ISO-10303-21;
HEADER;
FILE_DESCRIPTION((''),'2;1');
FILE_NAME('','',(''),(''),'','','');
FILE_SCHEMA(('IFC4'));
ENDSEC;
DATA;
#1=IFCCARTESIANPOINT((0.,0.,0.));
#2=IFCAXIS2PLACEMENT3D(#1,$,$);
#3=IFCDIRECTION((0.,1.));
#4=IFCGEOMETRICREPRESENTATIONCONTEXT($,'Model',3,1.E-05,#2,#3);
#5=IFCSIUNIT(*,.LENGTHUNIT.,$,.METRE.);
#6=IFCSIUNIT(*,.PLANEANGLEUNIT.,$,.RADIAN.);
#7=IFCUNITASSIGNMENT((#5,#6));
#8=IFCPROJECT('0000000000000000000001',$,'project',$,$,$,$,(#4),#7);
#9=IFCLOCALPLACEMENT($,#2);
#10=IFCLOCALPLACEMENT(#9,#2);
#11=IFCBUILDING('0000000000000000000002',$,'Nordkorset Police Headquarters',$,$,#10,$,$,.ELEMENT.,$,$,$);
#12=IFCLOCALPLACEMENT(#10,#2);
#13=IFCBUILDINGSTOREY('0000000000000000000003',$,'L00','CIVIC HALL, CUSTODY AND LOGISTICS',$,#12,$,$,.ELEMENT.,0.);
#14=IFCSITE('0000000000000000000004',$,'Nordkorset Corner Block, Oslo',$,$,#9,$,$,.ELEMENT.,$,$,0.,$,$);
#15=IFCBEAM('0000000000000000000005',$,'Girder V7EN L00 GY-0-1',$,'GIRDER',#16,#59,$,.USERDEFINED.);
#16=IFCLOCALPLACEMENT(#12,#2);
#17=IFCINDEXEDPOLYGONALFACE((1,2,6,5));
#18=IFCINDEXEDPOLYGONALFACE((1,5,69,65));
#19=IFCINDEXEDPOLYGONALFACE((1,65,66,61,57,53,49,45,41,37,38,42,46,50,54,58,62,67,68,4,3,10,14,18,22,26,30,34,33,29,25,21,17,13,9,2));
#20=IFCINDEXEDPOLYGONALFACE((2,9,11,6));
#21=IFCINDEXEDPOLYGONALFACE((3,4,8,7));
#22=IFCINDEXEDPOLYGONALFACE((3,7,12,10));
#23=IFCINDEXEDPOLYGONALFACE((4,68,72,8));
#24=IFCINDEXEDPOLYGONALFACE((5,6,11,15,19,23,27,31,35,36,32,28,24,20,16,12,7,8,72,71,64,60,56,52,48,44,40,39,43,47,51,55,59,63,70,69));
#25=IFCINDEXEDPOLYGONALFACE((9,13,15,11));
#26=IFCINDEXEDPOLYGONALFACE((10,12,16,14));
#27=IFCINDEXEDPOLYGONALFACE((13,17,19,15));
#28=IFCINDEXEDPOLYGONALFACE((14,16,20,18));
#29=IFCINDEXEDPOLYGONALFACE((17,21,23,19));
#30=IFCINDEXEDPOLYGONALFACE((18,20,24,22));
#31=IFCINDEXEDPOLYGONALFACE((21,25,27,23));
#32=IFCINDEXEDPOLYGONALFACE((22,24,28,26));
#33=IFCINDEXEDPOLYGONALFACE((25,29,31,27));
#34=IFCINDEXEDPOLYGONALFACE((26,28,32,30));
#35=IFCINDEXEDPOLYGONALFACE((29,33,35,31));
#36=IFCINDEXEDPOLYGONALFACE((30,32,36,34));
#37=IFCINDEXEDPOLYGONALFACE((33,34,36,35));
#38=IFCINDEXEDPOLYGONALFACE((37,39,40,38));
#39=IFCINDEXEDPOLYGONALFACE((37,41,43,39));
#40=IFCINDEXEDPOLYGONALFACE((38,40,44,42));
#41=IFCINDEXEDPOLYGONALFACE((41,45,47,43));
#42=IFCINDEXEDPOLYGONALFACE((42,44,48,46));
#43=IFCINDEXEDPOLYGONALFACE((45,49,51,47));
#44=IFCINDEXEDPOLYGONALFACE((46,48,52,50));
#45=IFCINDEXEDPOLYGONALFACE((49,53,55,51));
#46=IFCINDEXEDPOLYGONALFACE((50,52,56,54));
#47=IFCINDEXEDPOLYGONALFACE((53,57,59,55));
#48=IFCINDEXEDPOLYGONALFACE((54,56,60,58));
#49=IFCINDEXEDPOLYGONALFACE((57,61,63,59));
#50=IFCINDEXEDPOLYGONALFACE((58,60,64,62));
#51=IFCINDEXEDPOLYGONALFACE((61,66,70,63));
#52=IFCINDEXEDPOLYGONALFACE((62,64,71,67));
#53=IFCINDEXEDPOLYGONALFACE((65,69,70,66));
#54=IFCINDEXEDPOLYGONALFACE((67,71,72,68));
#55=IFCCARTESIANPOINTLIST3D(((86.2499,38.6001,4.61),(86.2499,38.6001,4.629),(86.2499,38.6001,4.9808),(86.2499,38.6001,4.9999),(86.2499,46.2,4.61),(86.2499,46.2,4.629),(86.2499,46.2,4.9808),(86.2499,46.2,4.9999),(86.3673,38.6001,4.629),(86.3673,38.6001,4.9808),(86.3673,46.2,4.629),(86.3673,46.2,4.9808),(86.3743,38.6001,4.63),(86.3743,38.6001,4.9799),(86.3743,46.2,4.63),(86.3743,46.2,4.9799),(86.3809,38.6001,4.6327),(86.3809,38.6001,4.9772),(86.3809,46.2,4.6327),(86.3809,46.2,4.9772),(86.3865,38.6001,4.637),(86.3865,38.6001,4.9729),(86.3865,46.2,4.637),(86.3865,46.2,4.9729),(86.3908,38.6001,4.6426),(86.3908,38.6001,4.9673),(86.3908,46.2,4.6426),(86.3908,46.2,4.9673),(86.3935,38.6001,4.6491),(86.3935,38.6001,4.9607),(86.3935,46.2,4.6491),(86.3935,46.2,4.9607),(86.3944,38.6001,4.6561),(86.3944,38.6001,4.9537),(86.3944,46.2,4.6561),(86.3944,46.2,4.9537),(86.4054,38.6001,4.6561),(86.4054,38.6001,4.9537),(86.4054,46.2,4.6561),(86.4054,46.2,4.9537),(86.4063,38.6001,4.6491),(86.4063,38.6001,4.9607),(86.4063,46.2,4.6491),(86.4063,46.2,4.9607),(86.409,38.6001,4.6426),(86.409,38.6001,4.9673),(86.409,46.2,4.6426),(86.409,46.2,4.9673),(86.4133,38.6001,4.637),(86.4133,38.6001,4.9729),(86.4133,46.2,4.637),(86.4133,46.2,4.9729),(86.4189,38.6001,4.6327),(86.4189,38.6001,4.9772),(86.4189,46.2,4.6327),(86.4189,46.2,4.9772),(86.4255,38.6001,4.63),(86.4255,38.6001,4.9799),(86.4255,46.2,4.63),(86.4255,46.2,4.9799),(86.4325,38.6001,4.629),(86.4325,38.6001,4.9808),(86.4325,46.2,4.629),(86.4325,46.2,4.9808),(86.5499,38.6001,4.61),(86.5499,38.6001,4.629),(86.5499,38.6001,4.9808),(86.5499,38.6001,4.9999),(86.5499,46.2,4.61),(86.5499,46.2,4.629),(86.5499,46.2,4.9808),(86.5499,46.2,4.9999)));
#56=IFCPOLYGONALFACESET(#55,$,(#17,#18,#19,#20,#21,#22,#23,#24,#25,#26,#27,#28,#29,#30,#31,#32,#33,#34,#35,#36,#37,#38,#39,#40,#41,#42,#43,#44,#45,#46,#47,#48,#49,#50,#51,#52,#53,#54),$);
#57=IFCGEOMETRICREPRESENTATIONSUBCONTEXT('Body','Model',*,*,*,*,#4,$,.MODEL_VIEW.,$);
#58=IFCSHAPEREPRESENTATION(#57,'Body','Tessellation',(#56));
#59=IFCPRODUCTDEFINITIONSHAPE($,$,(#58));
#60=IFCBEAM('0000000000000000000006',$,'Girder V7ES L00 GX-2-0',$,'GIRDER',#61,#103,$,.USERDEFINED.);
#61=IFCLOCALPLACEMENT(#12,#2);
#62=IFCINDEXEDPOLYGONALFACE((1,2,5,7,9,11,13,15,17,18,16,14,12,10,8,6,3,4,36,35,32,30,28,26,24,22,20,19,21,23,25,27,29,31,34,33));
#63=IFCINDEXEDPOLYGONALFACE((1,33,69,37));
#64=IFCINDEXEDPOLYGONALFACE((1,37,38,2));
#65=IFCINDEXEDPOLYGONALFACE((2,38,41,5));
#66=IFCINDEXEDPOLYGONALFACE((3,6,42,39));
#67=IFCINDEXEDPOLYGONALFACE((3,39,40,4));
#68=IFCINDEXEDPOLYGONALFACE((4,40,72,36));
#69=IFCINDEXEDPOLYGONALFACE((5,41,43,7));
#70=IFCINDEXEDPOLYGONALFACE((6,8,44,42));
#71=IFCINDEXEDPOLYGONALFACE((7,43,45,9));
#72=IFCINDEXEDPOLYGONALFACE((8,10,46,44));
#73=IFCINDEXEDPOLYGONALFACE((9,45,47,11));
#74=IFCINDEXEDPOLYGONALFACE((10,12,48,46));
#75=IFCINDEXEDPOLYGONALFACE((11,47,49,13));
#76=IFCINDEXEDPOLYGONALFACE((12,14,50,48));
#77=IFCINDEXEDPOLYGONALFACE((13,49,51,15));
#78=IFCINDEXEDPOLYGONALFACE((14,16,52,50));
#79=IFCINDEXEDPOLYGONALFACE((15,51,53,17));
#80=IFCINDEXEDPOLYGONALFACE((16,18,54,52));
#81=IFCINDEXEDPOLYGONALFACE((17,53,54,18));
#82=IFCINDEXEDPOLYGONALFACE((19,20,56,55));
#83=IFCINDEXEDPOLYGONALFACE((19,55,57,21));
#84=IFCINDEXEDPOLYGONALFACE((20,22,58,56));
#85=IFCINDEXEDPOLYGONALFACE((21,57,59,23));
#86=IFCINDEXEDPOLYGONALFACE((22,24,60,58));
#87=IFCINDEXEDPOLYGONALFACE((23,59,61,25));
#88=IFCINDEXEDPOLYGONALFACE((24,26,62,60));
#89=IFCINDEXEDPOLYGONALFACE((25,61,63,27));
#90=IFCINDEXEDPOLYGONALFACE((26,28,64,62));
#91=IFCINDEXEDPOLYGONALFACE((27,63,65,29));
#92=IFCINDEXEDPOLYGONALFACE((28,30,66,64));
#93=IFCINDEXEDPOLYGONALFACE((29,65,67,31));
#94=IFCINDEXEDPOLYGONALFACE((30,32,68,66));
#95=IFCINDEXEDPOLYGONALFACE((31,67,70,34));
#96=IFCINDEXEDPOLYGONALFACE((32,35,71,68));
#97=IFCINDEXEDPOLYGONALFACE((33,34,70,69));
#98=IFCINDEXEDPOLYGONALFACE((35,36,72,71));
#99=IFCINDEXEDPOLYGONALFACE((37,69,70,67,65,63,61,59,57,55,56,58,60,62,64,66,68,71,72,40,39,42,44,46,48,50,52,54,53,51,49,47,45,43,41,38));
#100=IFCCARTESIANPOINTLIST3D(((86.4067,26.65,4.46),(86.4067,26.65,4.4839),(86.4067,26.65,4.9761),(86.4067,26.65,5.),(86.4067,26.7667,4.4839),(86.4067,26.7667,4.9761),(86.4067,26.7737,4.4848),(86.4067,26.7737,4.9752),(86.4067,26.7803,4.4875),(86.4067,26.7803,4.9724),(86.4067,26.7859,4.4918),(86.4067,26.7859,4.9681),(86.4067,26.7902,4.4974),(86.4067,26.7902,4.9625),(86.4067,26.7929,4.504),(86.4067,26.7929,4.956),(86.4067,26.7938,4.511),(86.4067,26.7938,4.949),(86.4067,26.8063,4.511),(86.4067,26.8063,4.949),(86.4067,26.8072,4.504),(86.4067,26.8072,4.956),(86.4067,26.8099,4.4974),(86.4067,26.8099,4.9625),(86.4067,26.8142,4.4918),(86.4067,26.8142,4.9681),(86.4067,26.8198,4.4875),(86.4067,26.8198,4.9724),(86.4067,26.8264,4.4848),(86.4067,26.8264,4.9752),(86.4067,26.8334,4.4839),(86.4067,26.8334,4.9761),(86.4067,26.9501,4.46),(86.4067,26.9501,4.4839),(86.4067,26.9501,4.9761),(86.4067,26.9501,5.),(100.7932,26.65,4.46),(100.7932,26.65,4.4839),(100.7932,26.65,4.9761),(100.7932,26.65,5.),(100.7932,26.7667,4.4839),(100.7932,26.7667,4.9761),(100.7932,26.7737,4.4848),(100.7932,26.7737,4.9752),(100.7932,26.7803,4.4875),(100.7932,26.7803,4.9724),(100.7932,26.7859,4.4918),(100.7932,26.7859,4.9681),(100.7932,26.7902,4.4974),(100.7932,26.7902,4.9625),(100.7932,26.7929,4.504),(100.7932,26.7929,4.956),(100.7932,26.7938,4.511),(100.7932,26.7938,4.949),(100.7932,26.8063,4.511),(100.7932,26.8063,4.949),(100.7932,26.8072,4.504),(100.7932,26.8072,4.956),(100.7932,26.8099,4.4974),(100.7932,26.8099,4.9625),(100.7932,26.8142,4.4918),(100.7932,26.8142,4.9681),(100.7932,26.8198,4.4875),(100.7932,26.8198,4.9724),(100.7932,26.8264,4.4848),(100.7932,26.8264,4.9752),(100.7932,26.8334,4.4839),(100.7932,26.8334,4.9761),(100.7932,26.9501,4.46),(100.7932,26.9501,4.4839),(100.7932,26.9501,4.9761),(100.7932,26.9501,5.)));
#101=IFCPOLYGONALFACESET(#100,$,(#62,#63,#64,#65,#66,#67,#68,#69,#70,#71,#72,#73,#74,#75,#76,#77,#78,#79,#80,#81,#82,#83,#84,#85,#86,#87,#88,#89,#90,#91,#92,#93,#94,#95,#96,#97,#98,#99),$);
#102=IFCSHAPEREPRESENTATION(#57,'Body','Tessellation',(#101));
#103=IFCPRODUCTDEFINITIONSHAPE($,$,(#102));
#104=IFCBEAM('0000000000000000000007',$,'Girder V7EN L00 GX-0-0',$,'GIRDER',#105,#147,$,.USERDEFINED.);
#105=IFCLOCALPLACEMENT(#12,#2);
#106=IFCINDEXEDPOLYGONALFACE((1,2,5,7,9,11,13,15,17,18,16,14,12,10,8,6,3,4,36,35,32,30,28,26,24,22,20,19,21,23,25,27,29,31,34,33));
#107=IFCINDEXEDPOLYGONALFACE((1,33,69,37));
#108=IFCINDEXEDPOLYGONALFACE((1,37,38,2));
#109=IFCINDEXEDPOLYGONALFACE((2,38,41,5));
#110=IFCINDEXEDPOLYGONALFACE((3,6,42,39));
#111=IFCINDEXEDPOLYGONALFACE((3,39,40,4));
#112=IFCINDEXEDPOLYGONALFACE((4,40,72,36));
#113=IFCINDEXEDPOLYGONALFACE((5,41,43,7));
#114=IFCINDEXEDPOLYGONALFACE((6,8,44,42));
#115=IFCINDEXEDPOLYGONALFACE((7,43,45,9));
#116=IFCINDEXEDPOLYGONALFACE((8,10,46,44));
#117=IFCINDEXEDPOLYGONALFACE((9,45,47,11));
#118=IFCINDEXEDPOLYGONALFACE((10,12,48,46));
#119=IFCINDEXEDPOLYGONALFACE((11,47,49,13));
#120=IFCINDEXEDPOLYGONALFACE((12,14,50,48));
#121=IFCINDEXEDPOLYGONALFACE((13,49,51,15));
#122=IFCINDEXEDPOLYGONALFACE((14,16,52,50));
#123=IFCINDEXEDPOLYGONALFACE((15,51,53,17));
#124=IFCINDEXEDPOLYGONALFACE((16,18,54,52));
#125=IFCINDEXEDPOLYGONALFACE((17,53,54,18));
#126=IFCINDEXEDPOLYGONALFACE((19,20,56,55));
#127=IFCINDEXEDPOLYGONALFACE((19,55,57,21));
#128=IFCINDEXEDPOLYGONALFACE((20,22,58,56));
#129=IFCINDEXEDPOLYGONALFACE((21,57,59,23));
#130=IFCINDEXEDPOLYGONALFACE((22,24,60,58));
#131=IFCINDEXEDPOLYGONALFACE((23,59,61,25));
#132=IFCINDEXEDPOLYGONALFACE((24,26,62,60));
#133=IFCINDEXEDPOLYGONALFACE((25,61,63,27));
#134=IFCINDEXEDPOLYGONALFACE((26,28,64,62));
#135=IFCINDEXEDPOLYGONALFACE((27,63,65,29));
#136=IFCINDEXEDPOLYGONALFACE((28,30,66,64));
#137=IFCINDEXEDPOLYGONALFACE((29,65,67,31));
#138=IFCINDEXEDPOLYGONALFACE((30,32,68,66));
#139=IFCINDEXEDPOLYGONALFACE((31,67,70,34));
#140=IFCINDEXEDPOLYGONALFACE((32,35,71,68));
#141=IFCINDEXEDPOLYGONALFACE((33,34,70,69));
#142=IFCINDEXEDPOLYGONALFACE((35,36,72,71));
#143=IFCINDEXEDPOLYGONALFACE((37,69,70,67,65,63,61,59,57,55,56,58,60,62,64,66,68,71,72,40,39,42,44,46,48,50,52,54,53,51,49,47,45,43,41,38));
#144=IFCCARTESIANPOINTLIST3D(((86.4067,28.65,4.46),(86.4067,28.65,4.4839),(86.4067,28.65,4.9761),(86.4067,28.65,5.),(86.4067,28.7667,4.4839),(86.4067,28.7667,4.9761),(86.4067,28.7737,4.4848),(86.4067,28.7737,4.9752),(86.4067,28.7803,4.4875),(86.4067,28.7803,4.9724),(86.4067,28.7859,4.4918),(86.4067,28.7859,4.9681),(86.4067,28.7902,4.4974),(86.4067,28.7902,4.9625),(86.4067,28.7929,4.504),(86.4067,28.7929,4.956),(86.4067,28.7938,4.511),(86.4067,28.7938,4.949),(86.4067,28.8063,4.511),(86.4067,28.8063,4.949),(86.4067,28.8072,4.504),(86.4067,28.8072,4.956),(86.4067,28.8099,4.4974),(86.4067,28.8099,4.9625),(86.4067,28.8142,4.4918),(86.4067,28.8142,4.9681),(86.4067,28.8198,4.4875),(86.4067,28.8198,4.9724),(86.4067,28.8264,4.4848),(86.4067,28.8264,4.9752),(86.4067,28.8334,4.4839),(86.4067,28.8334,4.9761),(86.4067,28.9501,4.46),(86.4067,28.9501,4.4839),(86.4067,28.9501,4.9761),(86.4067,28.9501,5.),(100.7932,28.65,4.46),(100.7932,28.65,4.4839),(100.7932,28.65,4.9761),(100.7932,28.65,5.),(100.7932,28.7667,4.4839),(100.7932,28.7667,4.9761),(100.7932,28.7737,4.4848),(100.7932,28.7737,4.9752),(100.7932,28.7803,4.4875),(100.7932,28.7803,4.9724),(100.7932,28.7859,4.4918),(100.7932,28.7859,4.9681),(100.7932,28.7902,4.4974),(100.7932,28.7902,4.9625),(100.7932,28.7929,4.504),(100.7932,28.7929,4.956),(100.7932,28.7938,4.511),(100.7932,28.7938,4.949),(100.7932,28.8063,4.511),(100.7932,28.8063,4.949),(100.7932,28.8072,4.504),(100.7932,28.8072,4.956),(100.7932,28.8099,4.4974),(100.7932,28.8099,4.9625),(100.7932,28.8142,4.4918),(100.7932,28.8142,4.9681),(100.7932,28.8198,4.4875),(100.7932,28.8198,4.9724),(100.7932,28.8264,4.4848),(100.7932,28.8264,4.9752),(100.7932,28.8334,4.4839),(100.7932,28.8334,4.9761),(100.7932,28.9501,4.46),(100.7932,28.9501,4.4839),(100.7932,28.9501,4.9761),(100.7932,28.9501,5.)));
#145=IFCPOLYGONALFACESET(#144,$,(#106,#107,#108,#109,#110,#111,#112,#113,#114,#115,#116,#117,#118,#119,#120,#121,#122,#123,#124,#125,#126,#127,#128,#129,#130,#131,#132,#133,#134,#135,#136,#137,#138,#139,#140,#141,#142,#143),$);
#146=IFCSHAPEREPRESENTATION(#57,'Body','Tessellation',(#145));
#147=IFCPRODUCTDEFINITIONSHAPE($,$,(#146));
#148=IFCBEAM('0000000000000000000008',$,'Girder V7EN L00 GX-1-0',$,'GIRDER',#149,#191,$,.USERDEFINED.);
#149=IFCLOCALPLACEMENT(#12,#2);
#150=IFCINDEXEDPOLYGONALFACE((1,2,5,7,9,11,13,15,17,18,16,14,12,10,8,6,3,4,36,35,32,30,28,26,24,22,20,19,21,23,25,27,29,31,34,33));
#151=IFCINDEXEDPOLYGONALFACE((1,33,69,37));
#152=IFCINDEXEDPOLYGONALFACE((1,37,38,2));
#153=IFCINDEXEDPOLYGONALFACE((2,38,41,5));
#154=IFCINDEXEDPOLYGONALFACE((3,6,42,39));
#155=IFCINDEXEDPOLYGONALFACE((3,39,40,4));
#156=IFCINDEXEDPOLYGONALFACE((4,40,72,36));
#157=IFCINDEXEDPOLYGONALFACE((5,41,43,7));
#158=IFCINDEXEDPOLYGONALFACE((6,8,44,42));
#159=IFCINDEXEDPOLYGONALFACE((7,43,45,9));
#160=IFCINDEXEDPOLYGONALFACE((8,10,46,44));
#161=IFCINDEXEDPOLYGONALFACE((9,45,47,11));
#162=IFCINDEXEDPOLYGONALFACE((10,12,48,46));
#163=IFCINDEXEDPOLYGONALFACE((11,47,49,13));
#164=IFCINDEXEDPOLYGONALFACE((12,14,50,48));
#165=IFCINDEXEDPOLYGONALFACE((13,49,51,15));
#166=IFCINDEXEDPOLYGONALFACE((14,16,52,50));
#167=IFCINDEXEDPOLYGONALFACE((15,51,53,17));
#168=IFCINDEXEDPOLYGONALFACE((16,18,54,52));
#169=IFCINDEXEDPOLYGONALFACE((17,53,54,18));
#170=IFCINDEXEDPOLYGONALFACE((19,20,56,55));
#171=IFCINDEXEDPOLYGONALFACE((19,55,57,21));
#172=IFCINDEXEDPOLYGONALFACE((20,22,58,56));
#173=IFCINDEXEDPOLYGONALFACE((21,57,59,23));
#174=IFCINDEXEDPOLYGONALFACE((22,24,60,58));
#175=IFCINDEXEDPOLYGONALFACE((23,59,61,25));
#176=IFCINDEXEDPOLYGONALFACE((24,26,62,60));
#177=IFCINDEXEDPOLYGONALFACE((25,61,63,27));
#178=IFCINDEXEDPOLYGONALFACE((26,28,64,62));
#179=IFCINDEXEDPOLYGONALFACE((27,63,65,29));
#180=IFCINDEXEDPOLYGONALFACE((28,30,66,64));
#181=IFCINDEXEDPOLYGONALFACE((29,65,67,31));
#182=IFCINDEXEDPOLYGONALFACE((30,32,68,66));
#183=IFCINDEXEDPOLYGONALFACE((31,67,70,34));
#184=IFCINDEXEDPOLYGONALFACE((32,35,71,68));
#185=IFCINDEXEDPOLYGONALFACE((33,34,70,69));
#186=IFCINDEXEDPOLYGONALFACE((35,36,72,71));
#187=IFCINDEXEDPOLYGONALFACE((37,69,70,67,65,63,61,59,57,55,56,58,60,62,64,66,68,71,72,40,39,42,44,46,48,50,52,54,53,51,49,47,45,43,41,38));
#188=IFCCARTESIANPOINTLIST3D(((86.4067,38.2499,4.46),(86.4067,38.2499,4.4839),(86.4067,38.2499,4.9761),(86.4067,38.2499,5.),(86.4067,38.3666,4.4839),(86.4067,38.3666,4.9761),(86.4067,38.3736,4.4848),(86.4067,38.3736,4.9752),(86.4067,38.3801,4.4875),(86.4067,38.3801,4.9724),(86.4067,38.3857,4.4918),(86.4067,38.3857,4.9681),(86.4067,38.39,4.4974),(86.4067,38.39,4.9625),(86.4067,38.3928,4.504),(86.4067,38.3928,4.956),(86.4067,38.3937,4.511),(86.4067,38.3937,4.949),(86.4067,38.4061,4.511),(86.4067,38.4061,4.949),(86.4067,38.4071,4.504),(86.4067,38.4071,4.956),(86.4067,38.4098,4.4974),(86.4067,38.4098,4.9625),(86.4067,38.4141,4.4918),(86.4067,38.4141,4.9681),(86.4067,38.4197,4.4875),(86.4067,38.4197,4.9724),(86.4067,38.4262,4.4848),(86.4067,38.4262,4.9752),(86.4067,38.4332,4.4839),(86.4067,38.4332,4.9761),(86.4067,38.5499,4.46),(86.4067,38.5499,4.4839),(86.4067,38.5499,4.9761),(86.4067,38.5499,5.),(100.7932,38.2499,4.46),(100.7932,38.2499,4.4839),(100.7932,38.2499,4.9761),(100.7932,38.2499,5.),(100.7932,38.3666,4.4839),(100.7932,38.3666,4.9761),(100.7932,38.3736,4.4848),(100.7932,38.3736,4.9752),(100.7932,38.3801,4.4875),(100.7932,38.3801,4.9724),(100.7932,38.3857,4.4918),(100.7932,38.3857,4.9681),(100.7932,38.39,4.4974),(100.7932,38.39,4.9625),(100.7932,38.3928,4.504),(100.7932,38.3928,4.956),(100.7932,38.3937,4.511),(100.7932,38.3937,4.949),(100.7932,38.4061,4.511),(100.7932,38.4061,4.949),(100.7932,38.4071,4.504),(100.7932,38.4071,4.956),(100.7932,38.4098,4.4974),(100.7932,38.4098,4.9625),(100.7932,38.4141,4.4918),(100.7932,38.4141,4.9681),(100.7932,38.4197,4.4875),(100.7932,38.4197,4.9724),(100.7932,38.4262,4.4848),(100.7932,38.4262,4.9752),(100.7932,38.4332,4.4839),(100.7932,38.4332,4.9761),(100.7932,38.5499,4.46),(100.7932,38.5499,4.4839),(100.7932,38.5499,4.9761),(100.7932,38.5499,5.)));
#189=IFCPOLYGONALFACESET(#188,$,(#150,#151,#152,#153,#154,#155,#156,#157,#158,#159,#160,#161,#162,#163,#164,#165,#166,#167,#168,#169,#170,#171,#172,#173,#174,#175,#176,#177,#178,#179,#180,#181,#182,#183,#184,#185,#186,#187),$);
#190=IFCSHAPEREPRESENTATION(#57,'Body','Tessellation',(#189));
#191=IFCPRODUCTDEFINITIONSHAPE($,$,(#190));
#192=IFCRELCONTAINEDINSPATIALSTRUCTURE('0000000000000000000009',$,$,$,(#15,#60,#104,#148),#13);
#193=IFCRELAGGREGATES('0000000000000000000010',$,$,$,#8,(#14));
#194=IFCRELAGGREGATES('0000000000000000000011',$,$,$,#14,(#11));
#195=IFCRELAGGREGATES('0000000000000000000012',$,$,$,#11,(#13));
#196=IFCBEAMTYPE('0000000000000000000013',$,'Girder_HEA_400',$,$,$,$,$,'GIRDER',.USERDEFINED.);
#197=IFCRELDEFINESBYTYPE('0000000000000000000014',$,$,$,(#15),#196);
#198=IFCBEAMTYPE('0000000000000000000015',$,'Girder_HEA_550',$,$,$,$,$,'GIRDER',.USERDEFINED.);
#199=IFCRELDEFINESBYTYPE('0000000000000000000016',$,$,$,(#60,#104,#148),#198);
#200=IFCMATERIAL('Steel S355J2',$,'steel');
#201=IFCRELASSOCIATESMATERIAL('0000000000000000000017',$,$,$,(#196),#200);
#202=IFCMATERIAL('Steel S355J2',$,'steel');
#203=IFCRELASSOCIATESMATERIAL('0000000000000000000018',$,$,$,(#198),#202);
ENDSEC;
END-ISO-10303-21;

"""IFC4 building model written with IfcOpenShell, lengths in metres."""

from ifc_helpers import new_model, si_unit, direction, frame, origin, origin_2d, place, context, subcontext, project, spatial, i_section, extrude, material, material_profile, profile_set, type_object, element, save


model = new_model("IFC4")

# Units and contexts
model_context = context("Model", 3, precision=1e-05, world=origin(), true_north=direction((0.0, 1.0)))
body_context = subcontext(model_context, "Body", "Model", "MODEL_VIEW")
ifc_project = project(units=[si_unit("LENGTHUNIT", "METRE"), si_unit("PLANEANGLEUNIT", "RADIAN")], contexts=[model_context])

# Site, building, storey
site_placement = place(None, origin())
site = spatial("IfcSite", under=ifc_project, at=site_placement, Name="Nordkorset Corner Block, Oslo", CompositionType="ELEMENT", RefElevation=0.0)
building_placement = place(site_placement, origin())
building = spatial("IfcBuilding", under=site, at=building_placement, Name="Nordkorset Police Headquarters", CompositionType="ELEMENT")
storey_placement = place(building_placement, origin())
storey = spatial("IfcBuildingStorey", under=building, at=storey_placement, Name="L00", Description="CIVIC HALL, CUSTODY AND LOGISTICS", CompositionType="ELEMENT", Elevation=0.0)

# Beams
ifc_material_1 = material(Name="Steel S355J2", Category="steel")
ifc_material_profile_1 = material_profile(ifc_material_1, i_section(OverallWidth=0.3, OverallDepth=0.3899, WebThickness=0.011, FlangeThickness=0.019, FilletRadius=0.0271, at=origin_2d()), Name="HEA 400")
ifc_profile_set_1 = profile_set([ifc_material_profile_1], Name="Steel S355J2")
beam_type_1 = type_object("IfcBeamType", Name="Girder_HEA_400", ElementType="GIRDER", PredefinedType="USERDEFINED", material=ifc_profile_set_1)
beam_1_placement = place(storey_placement, frame((86.3999, 38.6001, 4.8049), z_axis=(0.0, 1.0, 0.0), x_axis=(-1.0, 0.0, 0.0)))
element("IfcBeam", 1, at=beam_1_placement, inside=storey, type_object=beam_type_1, Name="Girder V7EN L00 GY-0-1", ObjectType="GIRDER", PredefinedType="USERDEFINED", context=body_context, shape_type="SweptSolid", body=[
    extrude(i_section(OverallWidth=0.3, OverallDepth=0.3899, WebThickness=0.011, FlangeThickness=0.019, FilletRadius=0.0271, at=origin_2d()), origin(), (0.0, 0.0, 1.0), 7.5999),
])
ifc_material_2 = material(Name="Steel S355J2", Category="steel")
ifc_material_profile_2 = material_profile(ifc_material_2, i_section(OverallWidth=0.3, OverallDepth=0.54, WebThickness=0.0125, FlangeThickness=0.0239, FilletRadius=0.0271, at=origin_2d()), Name="HEA 550")
ifc_profile_set_2 = profile_set([ifc_material_profile_2], Name="Steel S355J2")
beam_type_2 = type_object("IfcBeamType", Name="Girder_HEA_550", ElementType="GIRDER", PredefinedType="USERDEFINED", material=ifc_profile_set_2)
for number, where, z_axis, x_axis, name in (
    (2, (86.4067, 26.8, 4.73), (1.0, 0.0, 0.0), (0.0, 1.0, 0.0), "Girder V7ES L00 GX-2-0"),
    (3, (86.4067, 28.8, 4.73), (1.0, 0.0, 0.0), (0.0, 1.0, 0.0), "Girder V7EN L00 GX-0-0"),
    (4, (86.4067, 38.3999, 4.73), (1.0, 0.0, 0.0), (0.0, 1.0, 0.0), "Girder V7EN L00 GX-1-0"),
):
    element("IfcBeam", number, at=place(storey_placement, frame(where, z_axis=z_axis, x_axis=x_axis)), inside=storey, type_object=beam_type_2, Name=name, ObjectType="GIRDER", PredefinedType="USERDEFINED", context=body_context, shape_type="SweptSolid", body=[
        extrude(i_section(OverallWidth=0.3, OverallDepth=0.54, WebThickness=0.0125, FlangeThickness=0.0239, FilletRadius=0.0271, at=origin_2d()), origin(), (0.0, 0.0, 1.0), 14.3865),
    ])

save(model, "model.ifc")
